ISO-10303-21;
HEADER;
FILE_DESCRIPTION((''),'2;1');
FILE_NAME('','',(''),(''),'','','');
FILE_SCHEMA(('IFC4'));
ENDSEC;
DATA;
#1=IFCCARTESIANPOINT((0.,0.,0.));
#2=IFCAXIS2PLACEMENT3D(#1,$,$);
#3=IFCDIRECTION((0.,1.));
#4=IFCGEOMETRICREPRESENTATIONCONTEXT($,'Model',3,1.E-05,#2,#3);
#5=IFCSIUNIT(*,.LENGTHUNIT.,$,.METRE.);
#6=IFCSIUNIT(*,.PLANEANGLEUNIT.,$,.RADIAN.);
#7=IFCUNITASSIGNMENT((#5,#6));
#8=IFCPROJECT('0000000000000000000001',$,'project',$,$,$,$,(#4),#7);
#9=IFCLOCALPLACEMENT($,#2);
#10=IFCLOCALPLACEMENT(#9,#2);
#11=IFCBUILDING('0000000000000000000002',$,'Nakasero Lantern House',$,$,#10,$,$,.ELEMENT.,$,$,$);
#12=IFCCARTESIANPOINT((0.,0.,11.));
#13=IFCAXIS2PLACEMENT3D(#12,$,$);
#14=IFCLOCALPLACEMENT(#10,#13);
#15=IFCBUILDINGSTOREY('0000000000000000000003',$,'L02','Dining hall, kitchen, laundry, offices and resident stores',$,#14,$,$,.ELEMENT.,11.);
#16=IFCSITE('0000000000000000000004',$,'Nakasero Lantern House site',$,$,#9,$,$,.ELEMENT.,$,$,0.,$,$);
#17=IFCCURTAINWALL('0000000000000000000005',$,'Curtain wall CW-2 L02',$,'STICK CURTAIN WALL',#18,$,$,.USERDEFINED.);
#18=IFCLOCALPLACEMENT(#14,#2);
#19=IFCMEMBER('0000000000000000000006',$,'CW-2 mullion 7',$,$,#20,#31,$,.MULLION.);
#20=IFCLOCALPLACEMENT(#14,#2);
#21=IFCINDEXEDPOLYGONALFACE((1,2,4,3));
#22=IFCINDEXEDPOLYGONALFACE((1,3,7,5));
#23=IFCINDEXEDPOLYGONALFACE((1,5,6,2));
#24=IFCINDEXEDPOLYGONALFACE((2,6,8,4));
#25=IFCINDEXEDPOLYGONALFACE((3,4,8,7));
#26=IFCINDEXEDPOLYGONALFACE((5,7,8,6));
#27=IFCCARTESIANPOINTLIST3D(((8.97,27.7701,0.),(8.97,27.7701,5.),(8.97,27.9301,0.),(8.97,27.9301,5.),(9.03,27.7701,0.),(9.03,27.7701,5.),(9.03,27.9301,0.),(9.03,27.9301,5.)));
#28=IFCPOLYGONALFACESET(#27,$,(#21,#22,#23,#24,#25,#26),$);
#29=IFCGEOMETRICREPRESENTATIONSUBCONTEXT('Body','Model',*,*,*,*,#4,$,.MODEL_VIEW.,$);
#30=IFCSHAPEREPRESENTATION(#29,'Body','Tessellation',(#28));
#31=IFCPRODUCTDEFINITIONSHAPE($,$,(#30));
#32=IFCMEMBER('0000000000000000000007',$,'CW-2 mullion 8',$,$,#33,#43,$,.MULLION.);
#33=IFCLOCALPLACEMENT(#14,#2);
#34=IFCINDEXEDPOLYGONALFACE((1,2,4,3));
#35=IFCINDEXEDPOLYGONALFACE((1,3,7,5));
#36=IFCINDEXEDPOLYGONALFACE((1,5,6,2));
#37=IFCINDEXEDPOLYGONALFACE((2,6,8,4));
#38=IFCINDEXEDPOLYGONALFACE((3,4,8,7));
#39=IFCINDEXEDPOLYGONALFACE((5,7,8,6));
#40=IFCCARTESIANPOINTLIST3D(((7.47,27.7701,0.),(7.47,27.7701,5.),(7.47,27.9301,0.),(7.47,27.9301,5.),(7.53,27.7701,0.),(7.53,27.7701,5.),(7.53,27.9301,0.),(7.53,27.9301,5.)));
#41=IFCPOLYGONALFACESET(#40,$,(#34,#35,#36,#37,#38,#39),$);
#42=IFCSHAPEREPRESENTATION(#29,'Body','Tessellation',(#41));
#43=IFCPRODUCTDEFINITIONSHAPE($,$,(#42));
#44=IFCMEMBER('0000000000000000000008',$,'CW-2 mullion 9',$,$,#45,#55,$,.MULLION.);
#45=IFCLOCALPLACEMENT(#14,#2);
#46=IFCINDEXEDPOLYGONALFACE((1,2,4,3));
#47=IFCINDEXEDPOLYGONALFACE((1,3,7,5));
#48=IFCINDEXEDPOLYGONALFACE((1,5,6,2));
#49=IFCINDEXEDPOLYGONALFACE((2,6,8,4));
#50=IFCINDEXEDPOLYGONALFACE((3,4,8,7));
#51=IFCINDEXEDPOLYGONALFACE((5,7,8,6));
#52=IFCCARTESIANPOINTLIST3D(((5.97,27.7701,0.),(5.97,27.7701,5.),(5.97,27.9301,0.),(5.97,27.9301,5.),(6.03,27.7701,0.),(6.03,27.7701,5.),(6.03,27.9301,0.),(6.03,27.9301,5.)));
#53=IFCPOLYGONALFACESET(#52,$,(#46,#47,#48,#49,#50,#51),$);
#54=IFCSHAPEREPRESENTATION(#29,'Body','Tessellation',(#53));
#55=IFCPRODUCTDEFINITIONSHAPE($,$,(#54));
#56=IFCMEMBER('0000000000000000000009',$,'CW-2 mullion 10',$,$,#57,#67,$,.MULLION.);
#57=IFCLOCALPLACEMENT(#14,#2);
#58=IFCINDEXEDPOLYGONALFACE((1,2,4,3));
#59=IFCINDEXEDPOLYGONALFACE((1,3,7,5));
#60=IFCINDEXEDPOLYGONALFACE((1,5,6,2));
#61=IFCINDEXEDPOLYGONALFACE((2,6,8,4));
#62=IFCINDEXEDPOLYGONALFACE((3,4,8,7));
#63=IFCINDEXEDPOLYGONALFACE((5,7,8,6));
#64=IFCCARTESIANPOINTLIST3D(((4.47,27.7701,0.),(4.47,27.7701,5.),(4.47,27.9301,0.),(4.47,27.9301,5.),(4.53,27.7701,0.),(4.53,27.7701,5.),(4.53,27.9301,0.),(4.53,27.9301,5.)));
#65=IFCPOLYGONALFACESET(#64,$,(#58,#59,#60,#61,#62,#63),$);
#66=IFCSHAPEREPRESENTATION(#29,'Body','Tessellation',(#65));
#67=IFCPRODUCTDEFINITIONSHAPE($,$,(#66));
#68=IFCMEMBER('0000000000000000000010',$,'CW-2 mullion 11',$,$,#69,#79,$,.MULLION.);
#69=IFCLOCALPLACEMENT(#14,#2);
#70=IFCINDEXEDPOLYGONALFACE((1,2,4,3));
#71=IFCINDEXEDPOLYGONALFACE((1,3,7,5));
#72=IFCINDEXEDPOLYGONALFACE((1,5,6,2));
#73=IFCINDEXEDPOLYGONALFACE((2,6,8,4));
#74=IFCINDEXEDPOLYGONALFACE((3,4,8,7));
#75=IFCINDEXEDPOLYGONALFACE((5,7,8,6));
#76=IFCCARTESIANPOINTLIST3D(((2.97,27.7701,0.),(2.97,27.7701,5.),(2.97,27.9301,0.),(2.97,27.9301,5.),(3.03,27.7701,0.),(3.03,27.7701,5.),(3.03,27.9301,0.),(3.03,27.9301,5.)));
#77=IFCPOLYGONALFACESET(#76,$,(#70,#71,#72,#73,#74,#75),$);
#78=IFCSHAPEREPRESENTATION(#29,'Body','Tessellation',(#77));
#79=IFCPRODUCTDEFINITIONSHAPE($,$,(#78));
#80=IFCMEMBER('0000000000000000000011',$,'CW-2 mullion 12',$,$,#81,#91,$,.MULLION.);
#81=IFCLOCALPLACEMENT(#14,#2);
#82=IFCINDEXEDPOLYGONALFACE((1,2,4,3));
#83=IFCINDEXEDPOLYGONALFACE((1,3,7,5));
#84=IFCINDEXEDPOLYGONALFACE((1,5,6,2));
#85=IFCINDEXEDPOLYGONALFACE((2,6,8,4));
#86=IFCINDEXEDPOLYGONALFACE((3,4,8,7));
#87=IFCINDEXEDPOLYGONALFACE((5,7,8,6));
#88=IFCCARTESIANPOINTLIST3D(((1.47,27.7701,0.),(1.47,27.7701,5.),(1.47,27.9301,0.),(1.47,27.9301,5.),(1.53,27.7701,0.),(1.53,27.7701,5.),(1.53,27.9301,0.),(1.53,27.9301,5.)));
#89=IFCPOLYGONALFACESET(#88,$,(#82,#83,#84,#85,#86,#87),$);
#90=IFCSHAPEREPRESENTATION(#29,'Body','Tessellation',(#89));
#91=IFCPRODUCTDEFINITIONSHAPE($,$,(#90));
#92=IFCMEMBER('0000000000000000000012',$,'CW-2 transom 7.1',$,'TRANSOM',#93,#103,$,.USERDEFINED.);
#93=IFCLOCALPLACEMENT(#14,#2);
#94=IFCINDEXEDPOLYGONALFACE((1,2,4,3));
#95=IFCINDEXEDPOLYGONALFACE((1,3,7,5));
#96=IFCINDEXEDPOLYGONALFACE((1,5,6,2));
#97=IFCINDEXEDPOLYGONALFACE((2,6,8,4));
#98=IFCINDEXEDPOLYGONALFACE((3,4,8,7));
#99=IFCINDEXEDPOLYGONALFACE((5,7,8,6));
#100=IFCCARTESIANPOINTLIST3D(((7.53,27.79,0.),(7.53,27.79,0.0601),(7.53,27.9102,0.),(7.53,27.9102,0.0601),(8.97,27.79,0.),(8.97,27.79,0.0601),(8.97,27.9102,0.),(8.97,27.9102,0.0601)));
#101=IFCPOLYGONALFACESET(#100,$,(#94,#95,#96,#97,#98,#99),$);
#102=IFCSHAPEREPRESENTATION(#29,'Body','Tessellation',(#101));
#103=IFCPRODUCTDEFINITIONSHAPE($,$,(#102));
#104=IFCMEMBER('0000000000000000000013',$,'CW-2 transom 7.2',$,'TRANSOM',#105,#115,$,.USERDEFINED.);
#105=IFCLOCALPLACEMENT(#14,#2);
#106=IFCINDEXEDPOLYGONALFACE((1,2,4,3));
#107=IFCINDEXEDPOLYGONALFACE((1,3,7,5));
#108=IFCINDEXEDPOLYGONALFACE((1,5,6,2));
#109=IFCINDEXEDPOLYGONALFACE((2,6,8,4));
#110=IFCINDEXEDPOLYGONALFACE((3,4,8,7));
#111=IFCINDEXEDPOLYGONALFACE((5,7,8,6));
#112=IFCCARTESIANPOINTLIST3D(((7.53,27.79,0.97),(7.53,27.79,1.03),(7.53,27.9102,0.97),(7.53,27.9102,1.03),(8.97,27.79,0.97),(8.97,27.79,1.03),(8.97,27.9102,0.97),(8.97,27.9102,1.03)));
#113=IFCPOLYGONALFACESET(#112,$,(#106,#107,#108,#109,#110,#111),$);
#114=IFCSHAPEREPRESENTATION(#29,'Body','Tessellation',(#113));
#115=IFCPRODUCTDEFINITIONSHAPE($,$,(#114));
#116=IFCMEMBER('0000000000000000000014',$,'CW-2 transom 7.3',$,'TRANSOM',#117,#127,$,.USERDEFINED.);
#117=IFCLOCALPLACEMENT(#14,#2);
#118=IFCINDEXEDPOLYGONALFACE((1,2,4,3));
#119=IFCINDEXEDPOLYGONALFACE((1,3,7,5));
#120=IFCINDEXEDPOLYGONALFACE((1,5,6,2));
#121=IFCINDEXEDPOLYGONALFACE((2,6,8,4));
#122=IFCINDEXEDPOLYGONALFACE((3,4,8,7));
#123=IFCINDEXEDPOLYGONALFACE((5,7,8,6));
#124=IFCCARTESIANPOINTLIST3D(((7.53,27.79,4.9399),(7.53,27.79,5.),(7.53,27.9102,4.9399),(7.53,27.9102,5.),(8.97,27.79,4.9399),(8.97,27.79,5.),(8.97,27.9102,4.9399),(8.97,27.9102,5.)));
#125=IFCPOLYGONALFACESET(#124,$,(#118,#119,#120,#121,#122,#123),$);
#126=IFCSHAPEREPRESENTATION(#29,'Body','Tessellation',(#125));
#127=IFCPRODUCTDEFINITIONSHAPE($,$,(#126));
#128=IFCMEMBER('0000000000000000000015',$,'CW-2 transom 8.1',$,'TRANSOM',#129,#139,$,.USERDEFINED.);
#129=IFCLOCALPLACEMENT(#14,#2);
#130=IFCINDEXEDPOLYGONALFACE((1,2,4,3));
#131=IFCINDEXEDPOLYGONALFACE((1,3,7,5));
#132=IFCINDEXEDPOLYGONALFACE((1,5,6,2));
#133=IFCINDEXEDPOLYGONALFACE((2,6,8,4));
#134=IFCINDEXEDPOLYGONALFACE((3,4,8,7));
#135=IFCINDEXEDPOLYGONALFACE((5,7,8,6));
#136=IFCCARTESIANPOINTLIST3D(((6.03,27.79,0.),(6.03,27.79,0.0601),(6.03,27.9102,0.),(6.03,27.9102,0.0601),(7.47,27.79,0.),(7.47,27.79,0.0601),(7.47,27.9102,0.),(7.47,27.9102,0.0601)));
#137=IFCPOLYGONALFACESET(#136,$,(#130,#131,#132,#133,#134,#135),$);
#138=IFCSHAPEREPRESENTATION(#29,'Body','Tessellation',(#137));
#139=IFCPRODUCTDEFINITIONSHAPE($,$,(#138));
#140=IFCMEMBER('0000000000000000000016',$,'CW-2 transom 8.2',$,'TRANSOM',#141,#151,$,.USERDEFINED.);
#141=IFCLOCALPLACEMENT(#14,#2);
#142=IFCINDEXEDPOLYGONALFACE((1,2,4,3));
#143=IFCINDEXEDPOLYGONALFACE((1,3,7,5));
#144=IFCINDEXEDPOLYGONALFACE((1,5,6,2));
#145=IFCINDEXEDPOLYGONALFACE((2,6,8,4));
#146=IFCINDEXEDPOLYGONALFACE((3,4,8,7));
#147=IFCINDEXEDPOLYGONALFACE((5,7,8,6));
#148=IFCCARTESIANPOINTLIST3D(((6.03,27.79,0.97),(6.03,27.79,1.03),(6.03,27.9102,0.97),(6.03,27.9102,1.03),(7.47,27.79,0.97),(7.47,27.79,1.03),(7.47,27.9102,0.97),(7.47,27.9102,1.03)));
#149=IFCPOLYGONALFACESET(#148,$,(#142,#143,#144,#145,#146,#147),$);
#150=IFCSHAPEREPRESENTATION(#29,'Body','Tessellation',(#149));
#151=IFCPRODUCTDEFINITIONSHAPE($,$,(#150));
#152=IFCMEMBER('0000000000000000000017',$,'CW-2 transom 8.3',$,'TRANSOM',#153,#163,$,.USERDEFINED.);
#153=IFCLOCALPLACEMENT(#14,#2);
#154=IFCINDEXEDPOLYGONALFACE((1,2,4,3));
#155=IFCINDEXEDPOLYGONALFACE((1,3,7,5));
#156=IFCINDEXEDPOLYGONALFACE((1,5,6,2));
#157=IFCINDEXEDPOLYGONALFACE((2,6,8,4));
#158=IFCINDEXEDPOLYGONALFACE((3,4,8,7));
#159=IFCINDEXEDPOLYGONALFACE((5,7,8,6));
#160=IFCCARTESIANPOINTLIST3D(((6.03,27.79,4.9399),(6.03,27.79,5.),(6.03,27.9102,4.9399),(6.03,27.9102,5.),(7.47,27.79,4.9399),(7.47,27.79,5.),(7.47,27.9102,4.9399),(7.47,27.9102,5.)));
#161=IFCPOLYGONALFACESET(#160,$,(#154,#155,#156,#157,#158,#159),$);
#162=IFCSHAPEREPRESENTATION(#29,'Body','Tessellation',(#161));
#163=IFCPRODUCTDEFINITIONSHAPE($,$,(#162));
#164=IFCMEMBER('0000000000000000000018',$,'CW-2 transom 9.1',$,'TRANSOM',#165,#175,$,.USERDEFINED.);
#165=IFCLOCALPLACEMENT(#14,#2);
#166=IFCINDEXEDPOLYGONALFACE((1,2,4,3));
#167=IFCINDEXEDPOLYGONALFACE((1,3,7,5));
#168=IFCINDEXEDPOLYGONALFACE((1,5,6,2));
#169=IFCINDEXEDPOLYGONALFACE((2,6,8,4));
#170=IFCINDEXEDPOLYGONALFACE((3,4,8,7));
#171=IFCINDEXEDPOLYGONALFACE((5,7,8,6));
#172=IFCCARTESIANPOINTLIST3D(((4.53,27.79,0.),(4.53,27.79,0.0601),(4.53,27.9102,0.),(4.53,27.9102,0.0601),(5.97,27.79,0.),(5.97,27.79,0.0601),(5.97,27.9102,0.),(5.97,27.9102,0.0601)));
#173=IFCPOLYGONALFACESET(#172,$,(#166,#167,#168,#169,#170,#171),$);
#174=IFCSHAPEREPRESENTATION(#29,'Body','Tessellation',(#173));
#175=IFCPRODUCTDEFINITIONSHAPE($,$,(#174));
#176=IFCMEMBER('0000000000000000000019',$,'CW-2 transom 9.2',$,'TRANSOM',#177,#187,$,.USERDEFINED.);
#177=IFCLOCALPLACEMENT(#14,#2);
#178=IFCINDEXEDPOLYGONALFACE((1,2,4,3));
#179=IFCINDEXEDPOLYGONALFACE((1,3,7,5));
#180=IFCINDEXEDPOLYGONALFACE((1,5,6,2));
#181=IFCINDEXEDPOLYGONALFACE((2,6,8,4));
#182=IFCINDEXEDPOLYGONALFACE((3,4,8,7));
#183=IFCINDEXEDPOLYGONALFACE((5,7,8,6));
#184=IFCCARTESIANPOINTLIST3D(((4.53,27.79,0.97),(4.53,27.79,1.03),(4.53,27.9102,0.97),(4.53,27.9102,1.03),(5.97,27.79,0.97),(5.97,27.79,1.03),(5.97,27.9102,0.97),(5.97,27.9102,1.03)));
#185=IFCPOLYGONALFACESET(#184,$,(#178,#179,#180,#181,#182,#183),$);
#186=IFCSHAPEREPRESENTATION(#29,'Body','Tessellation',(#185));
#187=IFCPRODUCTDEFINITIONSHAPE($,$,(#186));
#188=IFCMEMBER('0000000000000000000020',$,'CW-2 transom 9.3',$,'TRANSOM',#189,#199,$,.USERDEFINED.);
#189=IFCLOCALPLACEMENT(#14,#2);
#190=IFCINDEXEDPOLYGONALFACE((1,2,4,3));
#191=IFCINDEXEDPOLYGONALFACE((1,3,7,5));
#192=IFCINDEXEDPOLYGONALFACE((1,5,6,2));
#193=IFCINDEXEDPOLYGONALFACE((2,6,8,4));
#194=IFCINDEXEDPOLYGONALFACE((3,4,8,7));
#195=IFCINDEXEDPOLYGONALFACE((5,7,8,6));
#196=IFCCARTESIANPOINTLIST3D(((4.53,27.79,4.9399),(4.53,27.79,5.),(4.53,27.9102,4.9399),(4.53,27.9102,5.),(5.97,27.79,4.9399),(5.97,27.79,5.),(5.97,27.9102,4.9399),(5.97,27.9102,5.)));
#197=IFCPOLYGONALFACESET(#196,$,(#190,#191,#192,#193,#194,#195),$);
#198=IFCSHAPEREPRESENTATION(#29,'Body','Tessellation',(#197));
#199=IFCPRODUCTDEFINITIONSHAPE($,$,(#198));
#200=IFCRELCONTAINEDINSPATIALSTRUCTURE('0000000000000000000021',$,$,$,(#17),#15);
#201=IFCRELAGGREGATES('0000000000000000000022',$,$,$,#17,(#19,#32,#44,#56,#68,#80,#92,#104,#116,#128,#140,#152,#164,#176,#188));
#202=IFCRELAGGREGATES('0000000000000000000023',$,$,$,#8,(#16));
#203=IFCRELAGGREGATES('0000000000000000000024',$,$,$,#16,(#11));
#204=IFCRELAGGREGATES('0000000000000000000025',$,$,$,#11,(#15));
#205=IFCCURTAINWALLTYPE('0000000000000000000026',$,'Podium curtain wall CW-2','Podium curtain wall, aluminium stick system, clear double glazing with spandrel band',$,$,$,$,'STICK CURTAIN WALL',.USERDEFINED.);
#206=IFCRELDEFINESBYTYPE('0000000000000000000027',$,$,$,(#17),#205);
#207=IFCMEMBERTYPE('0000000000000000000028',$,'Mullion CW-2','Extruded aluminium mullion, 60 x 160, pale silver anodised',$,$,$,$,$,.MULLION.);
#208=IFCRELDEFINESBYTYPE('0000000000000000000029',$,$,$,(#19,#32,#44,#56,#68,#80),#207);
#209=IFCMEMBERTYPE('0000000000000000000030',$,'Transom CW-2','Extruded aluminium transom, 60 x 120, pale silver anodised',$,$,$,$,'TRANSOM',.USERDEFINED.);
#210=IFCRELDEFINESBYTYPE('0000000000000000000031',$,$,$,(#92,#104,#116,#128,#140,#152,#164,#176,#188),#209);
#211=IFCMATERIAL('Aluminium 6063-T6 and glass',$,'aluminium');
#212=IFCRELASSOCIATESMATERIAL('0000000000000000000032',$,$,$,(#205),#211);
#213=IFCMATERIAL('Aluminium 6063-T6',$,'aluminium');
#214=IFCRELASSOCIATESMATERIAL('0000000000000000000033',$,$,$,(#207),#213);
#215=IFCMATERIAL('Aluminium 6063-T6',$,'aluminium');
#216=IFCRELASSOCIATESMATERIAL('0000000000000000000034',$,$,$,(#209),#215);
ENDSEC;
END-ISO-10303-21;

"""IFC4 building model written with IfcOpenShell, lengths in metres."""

from ifc_helpers import new_model, si_unit, direction, frame, origin, origin_2d, place, context, subcontext, project, spatial, rectangle, extrude, material, material_profile, profile_set, type_object, element, aggregate, save


model = new_model("IFC4")

# Units and contexts
model_context = context("Model", 3, precision=1e-05, world=origin(), true_north=direction((0.0, 1.0)))
body_context = subcontext(model_context, "Body", "Model", "MODEL_VIEW")
ifc_project = project(units=[si_unit("LENGTHUNIT", "METRE"), si_unit("PLANEANGLEUNIT", "RADIAN")], contexts=[model_context])

# Site, building, storey
site_placement = place(None, origin())
site = spatial("IfcSite", under=ifc_project, at=site_placement, Name="Nakasero Lantern House site", CompositionType="ELEMENT", RefElevation=0.0)
building_placement = place(site_placement, origin())
building = spatial("IfcBuilding", under=site, at=building_placement, Name="Nakasero Lantern House", CompositionType="ELEMENT")
storey_placement = place(building_placement, frame((0.0, 0.0, 11.0)))
storey = spatial("IfcBuildingStorey", under=building, at=storey_placement, Name="L02", Description="Dining hall, kitchen, laundry, offices and resident stores", CompositionType="ELEMENT", Elevation=11.0)

# Curtain wall, members
ifc_material_1 = material(Name="Aluminium 6063-T6 and glass", Category="aluminium")
curtain_wall_type = type_object("IfcCurtainWallType", Name="Podium curtain wall CW-2", Description="Podium curtain wall, aluminium stick system, clear double glazing with spandrel band", ElementType="STICK CURTAIN WALL", PredefinedType="USERDEFINED", material=ifc_material_1)
curtain_wall_placement = place(storey_placement, origin())
curtain_wall = element("IfcCurtainWall", 1, at=curtain_wall_placement, inside=storey, type_object=curtain_wall_type, Name="Curtain wall CW-2 L02", ObjectType="STICK CURTAIN WALL", PredefinedType="USERDEFINED")
ifc_material_2 = material(Name="Aluminium 6063-T6", Category="aluminium")
ifc_material_profile_1 = material_profile(ifc_material_2, rectangle(XDim=0.0601, YDim=0.1599, at=origin_2d()), Name="CW-2 mullion 60x160")
ifc_profile_set_1 = profile_set([ifc_material_profile_1], Name="Aluminium 6063-T6")
member_type_1 = type_object("IfcMemberType", Name="Mullion CW-2", Description="Extruded aluminium mullion, 60 x 160, pale silver anodised", PredefinedType="MULLION", material=ifc_profile_set_1)
member_1_placement = place(storey_placement, frame((9.0, 27.8501, 0.0), z_axis=(0.0, 0.0, 1.0), x_axis=(-1.0, 0.0, 0.0)))
member_1 = element("IfcMember", 2, at=member_1_placement, type_object=member_type_1, Name="CW-2 mullion 7", PredefinedType="MULLION", context=body_context, shape_type="SweptSolid", body=[
    extrude(rectangle(XDim=0.0601, YDim=0.1599, at=origin_2d()), origin(), (0.0, 0.0, 1.0), 5.0),
])
member_2_placement = place(storey_placement, frame((7.5, 27.8501, 0.0), z_axis=(0.0, 0.0, 1.0), x_axis=(-1.0, 0.0, 0.0)))
member_2 = element("IfcMember", 3, at=member_2_placement, type_object=member_type_1, Name="CW-2 mullion 8", PredefinedType="MULLION", context=body_context, shape_type="SweptSolid", body=[
    extrude(rectangle(XDim=0.0601, YDim=0.1599, at=origin_2d()), origin(), (0.0, 0.0, 1.0), 5.0),
])
member_3_placement = place(storey_placement, frame((6.0, 27.8501, 0.0), z_axis=(0.0, 0.0, 1.0), x_axis=(-1.0, 0.0, 0.0)))
member_3 = element("IfcMember", 4, at=member_3_placement, type_object=member_type_1, Name="CW-2 mullion 9", PredefinedType="MULLION", context=body_context, shape_type="SweptSolid", body=[
    extrude(rectangle(XDim=0.0601, YDim=0.1599, at=origin_2d()), origin(), (0.0, 0.0, 1.0), 5.0),
])
member_4_placement = place(storey_placement, frame((4.5, 27.8501, 0.0), z_axis=(0.0, 0.0, 1.0), x_axis=(-1.0, 0.0, 0.0)))
member_4 = element("IfcMember", 5, at=member_4_placement, type_object=member_type_1, Name="CW-2 mullion 10", PredefinedType="MULLION", context=body_context, shape_type="SweptSolid", body=[
    extrude(rectangle(XDim=0.0601, YDim=0.1599, at=origin_2d()), origin(), (0.0, 0.0, 1.0), 5.0),
])
member_5_placement = place(storey_placement, frame((3.0, 27.8501, 0.0), z_axis=(0.0, 0.0, 1.0), x_axis=(-1.0, 0.0, 0.0)))
member_5 = element("IfcMember", 6, at=member_5_placement, type_object=member_type_1, Name="CW-2 mullion 11", PredefinedType="MULLION", context=body_context, shape_type="SweptSolid", body=[
    extrude(rectangle(XDim=0.0601, YDim=0.1599, at=origin_2d()), origin(), (0.0, 0.0, 1.0), 5.0),
])
member_6_placement = place(storey_placement, frame((1.5, 27.8501, 0.0), z_axis=(0.0, 0.0, 1.0), x_axis=(-1.0, 0.0, 0.0)))
member_6 = element("IfcMember", 7, at=member_6_placement, type_object=member_type_1, Name="CW-2 mullion 12", PredefinedType="MULLION", context=body_context, shape_type="SweptSolid", body=[
    extrude(rectangle(XDim=0.0601, YDim=0.1599, at=origin_2d()), origin(), (0.0, 0.0, 1.0), 5.0),
])
ifc_material_3 = material(Name="Aluminium 6063-T6", Category="aluminium")
ifc_material_profile_2 = material_profile(ifc_material_3, rectangle(XDim=0.0601, YDim=0.1201, at=origin_2d()), Name="CW-2 transom 60x120")
ifc_profile_set_2 = profile_set([ifc_material_profile_2], Name="Aluminium 6063-T6")
member_type_2 = type_object("IfcMemberType", Name="Transom CW-2", Description="Extruded aluminium transom, 60 x 120, pale silver anodised", ElementType="TRANSOM", PredefinedType="USERDEFINED", material=ifc_profile_set_2)
member_7_placement = place(storey_placement, frame((8.97, 27.8501, 0.03), z_axis=(-1.0, 0.0, 0.0), x_axis=(0.0, 0.0, 1.0)))
member_7 = element("IfcMember", 8, at=member_7_placement, type_object=member_type_2, Name="CW-2 transom 7.1", ObjectType="TRANSOM", PredefinedType="USERDEFINED", context=body_context, shape_type="SweptSolid", body=[
    extrude(rectangle(XDim=0.0601, YDim=0.1201, at=origin_2d()), origin(), (0.0, 0.0, 1.0), 1.4399),
])
member_8_placement = place(storey_placement, frame((8.97, 27.8501, 1.0), z_axis=(-1.0, 0.0, 0.0), x_axis=(0.0, 0.0, 1.0)))
member_8 = element("IfcMember", 9, at=member_8_placement, type_object=member_type_2, Name="CW-2 transom 7.2", ObjectType="TRANSOM", PredefinedType="USERDEFINED", context=body_context, shape_type="SweptSolid", body=[
    extrude(rectangle(XDim=0.0601, YDim=0.1201, at=origin_2d()), origin(), (0.0, 0.0, 1.0), 1.4399),
])
member_9_placement = place(storey_placement, frame((8.97, 27.8501, 4.97), z_axis=(-1.0, 0.0, 0.0), x_axis=(0.0, 0.0, 1.0)))
member_9 = element("IfcMember", 10, at=member_9_placement, type_object=member_type_2, Name="CW-2 transom 7.3", ObjectType="TRANSOM", PredefinedType="USERDEFINED", context=body_context, shape_type="SweptSolid", body=[
    extrude(rectangle(XDim=0.0601, YDim=0.1201, at=origin_2d()), origin(), (0.0, 0.0, 1.0), 1.4399),
])
member_10_placement = place(storey_placement, frame((7.47, 27.8501, 0.03), z_axis=(-1.0, 0.0, 0.0), x_axis=(0.0, 0.0, 1.0)))
member_10 = element("IfcMember", 11, at=member_10_placement, type_object=member_type_2, Name="CW-2 transom 8.1", ObjectType="TRANSOM", PredefinedType="USERDEFINED", context=body_context, shape_type="SweptSolid", body=[
    extrude(rectangle(XDim=0.0601, YDim=0.1201, at=origin_2d()), origin(), (0.0, 0.0, 1.0), 1.4399),
])
member_11_placement = place(storey_placement, frame((7.47, 27.8501, 1.0), z_axis=(-1.0, 0.0, 0.0), x_axis=(0.0, 0.0, 1.0)))
member_11 = element("IfcMember", 12, at=member_11_placement, type_object=member_type_2, Name="CW-2 transom 8.2", ObjectType="TRANSOM", PredefinedType="USERDEFINED", context=body_context, shape_type="SweptSolid", body=[
    extrude(rectangle(XDim=0.0601, YDim=0.1201, at=origin_2d()), origin(), (0.0, 0.0, 1.0), 1.4399),
])
member_12_placement = place(storey_placement, frame((7.47, 27.8501, 4.97), z_axis=(-1.0, 0.0, 0.0), x_axis=(0.0, 0.0, 1.0)))
member_12 = element("IfcMember", 13, at=member_12_placement, type_object=member_type_2, Name="CW-2 transom 8.3", ObjectType="TRANSOM", PredefinedType="USERDEFINED", context=body_context, shape_type="SweptSolid", body=[
    extrude(rectangle(XDim=0.0601, YDim=0.1201, at=origin_2d()), origin(), (0.0, 0.0, 1.0), 1.4399),
])
member_13_placement = place(storey_placement, frame((5.97, 27.8501, 0.03), z_axis=(-1.0, 0.0, 0.0), x_axis=(0.0, 0.0, 1.0)))
member_13 = element("IfcMember", 14, at=member_13_placement, type_object=member_type_2, Name="CW-2 transom 9.1", ObjectType="TRANSOM", PredefinedType="USERDEFINED", context=body_context, shape_type="SweptSolid", body=[
    extrude(rectangle(XDim=0.0601, YDim=0.1201, at=origin_2d()), origin(), (0.0, 0.0, 1.0), 1.4399),
])
member_14_placement = place(storey_placement, frame((5.97, 27.8501, 1.0), z_axis=(-1.0, 0.0, 0.0), x_axis=(0.0, 0.0, 1.0)))
member_14 = element("IfcMember", 15, at=member_14_placement, type_object=member_type_2, Name="CW-2 transom 9.2", ObjectType="TRANSOM", PredefinedType="USERDEFINED", context=body_context, shape_type="SweptSolid", body=[
    extrude(rectangle(XDim=0.0601, YDim=0.1201, at=origin_2d()), origin(), (0.0, 0.0, 1.0), 1.4399),
])
member_15_placement = place(storey_placement, frame((5.97, 27.8501, 4.97), z_axis=(-1.0, 0.0, 0.0), x_axis=(0.0, 0.0, 1.0)))
member_15 = element("IfcMember", 16, at=member_15_placement, type_object=member_type_2, Name="CW-2 transom 9.3", ObjectType="TRANSOM", PredefinedType="USERDEFINED", context=body_context, shape_type="SweptSolid", body=[
    extrude(rectangle(XDim=0.0601, YDim=0.1201, at=origin_2d()), origin(), (0.0, 0.0, 1.0), 1.4399),
])
aggregate(curtain_wall, [member_1, member_2, member_3, member_4, member_5, member_6, member_7, member_8, member_9, member_10, member_11, member_12, member_13, member_14, member_15])

save(model, "model.ifc")
